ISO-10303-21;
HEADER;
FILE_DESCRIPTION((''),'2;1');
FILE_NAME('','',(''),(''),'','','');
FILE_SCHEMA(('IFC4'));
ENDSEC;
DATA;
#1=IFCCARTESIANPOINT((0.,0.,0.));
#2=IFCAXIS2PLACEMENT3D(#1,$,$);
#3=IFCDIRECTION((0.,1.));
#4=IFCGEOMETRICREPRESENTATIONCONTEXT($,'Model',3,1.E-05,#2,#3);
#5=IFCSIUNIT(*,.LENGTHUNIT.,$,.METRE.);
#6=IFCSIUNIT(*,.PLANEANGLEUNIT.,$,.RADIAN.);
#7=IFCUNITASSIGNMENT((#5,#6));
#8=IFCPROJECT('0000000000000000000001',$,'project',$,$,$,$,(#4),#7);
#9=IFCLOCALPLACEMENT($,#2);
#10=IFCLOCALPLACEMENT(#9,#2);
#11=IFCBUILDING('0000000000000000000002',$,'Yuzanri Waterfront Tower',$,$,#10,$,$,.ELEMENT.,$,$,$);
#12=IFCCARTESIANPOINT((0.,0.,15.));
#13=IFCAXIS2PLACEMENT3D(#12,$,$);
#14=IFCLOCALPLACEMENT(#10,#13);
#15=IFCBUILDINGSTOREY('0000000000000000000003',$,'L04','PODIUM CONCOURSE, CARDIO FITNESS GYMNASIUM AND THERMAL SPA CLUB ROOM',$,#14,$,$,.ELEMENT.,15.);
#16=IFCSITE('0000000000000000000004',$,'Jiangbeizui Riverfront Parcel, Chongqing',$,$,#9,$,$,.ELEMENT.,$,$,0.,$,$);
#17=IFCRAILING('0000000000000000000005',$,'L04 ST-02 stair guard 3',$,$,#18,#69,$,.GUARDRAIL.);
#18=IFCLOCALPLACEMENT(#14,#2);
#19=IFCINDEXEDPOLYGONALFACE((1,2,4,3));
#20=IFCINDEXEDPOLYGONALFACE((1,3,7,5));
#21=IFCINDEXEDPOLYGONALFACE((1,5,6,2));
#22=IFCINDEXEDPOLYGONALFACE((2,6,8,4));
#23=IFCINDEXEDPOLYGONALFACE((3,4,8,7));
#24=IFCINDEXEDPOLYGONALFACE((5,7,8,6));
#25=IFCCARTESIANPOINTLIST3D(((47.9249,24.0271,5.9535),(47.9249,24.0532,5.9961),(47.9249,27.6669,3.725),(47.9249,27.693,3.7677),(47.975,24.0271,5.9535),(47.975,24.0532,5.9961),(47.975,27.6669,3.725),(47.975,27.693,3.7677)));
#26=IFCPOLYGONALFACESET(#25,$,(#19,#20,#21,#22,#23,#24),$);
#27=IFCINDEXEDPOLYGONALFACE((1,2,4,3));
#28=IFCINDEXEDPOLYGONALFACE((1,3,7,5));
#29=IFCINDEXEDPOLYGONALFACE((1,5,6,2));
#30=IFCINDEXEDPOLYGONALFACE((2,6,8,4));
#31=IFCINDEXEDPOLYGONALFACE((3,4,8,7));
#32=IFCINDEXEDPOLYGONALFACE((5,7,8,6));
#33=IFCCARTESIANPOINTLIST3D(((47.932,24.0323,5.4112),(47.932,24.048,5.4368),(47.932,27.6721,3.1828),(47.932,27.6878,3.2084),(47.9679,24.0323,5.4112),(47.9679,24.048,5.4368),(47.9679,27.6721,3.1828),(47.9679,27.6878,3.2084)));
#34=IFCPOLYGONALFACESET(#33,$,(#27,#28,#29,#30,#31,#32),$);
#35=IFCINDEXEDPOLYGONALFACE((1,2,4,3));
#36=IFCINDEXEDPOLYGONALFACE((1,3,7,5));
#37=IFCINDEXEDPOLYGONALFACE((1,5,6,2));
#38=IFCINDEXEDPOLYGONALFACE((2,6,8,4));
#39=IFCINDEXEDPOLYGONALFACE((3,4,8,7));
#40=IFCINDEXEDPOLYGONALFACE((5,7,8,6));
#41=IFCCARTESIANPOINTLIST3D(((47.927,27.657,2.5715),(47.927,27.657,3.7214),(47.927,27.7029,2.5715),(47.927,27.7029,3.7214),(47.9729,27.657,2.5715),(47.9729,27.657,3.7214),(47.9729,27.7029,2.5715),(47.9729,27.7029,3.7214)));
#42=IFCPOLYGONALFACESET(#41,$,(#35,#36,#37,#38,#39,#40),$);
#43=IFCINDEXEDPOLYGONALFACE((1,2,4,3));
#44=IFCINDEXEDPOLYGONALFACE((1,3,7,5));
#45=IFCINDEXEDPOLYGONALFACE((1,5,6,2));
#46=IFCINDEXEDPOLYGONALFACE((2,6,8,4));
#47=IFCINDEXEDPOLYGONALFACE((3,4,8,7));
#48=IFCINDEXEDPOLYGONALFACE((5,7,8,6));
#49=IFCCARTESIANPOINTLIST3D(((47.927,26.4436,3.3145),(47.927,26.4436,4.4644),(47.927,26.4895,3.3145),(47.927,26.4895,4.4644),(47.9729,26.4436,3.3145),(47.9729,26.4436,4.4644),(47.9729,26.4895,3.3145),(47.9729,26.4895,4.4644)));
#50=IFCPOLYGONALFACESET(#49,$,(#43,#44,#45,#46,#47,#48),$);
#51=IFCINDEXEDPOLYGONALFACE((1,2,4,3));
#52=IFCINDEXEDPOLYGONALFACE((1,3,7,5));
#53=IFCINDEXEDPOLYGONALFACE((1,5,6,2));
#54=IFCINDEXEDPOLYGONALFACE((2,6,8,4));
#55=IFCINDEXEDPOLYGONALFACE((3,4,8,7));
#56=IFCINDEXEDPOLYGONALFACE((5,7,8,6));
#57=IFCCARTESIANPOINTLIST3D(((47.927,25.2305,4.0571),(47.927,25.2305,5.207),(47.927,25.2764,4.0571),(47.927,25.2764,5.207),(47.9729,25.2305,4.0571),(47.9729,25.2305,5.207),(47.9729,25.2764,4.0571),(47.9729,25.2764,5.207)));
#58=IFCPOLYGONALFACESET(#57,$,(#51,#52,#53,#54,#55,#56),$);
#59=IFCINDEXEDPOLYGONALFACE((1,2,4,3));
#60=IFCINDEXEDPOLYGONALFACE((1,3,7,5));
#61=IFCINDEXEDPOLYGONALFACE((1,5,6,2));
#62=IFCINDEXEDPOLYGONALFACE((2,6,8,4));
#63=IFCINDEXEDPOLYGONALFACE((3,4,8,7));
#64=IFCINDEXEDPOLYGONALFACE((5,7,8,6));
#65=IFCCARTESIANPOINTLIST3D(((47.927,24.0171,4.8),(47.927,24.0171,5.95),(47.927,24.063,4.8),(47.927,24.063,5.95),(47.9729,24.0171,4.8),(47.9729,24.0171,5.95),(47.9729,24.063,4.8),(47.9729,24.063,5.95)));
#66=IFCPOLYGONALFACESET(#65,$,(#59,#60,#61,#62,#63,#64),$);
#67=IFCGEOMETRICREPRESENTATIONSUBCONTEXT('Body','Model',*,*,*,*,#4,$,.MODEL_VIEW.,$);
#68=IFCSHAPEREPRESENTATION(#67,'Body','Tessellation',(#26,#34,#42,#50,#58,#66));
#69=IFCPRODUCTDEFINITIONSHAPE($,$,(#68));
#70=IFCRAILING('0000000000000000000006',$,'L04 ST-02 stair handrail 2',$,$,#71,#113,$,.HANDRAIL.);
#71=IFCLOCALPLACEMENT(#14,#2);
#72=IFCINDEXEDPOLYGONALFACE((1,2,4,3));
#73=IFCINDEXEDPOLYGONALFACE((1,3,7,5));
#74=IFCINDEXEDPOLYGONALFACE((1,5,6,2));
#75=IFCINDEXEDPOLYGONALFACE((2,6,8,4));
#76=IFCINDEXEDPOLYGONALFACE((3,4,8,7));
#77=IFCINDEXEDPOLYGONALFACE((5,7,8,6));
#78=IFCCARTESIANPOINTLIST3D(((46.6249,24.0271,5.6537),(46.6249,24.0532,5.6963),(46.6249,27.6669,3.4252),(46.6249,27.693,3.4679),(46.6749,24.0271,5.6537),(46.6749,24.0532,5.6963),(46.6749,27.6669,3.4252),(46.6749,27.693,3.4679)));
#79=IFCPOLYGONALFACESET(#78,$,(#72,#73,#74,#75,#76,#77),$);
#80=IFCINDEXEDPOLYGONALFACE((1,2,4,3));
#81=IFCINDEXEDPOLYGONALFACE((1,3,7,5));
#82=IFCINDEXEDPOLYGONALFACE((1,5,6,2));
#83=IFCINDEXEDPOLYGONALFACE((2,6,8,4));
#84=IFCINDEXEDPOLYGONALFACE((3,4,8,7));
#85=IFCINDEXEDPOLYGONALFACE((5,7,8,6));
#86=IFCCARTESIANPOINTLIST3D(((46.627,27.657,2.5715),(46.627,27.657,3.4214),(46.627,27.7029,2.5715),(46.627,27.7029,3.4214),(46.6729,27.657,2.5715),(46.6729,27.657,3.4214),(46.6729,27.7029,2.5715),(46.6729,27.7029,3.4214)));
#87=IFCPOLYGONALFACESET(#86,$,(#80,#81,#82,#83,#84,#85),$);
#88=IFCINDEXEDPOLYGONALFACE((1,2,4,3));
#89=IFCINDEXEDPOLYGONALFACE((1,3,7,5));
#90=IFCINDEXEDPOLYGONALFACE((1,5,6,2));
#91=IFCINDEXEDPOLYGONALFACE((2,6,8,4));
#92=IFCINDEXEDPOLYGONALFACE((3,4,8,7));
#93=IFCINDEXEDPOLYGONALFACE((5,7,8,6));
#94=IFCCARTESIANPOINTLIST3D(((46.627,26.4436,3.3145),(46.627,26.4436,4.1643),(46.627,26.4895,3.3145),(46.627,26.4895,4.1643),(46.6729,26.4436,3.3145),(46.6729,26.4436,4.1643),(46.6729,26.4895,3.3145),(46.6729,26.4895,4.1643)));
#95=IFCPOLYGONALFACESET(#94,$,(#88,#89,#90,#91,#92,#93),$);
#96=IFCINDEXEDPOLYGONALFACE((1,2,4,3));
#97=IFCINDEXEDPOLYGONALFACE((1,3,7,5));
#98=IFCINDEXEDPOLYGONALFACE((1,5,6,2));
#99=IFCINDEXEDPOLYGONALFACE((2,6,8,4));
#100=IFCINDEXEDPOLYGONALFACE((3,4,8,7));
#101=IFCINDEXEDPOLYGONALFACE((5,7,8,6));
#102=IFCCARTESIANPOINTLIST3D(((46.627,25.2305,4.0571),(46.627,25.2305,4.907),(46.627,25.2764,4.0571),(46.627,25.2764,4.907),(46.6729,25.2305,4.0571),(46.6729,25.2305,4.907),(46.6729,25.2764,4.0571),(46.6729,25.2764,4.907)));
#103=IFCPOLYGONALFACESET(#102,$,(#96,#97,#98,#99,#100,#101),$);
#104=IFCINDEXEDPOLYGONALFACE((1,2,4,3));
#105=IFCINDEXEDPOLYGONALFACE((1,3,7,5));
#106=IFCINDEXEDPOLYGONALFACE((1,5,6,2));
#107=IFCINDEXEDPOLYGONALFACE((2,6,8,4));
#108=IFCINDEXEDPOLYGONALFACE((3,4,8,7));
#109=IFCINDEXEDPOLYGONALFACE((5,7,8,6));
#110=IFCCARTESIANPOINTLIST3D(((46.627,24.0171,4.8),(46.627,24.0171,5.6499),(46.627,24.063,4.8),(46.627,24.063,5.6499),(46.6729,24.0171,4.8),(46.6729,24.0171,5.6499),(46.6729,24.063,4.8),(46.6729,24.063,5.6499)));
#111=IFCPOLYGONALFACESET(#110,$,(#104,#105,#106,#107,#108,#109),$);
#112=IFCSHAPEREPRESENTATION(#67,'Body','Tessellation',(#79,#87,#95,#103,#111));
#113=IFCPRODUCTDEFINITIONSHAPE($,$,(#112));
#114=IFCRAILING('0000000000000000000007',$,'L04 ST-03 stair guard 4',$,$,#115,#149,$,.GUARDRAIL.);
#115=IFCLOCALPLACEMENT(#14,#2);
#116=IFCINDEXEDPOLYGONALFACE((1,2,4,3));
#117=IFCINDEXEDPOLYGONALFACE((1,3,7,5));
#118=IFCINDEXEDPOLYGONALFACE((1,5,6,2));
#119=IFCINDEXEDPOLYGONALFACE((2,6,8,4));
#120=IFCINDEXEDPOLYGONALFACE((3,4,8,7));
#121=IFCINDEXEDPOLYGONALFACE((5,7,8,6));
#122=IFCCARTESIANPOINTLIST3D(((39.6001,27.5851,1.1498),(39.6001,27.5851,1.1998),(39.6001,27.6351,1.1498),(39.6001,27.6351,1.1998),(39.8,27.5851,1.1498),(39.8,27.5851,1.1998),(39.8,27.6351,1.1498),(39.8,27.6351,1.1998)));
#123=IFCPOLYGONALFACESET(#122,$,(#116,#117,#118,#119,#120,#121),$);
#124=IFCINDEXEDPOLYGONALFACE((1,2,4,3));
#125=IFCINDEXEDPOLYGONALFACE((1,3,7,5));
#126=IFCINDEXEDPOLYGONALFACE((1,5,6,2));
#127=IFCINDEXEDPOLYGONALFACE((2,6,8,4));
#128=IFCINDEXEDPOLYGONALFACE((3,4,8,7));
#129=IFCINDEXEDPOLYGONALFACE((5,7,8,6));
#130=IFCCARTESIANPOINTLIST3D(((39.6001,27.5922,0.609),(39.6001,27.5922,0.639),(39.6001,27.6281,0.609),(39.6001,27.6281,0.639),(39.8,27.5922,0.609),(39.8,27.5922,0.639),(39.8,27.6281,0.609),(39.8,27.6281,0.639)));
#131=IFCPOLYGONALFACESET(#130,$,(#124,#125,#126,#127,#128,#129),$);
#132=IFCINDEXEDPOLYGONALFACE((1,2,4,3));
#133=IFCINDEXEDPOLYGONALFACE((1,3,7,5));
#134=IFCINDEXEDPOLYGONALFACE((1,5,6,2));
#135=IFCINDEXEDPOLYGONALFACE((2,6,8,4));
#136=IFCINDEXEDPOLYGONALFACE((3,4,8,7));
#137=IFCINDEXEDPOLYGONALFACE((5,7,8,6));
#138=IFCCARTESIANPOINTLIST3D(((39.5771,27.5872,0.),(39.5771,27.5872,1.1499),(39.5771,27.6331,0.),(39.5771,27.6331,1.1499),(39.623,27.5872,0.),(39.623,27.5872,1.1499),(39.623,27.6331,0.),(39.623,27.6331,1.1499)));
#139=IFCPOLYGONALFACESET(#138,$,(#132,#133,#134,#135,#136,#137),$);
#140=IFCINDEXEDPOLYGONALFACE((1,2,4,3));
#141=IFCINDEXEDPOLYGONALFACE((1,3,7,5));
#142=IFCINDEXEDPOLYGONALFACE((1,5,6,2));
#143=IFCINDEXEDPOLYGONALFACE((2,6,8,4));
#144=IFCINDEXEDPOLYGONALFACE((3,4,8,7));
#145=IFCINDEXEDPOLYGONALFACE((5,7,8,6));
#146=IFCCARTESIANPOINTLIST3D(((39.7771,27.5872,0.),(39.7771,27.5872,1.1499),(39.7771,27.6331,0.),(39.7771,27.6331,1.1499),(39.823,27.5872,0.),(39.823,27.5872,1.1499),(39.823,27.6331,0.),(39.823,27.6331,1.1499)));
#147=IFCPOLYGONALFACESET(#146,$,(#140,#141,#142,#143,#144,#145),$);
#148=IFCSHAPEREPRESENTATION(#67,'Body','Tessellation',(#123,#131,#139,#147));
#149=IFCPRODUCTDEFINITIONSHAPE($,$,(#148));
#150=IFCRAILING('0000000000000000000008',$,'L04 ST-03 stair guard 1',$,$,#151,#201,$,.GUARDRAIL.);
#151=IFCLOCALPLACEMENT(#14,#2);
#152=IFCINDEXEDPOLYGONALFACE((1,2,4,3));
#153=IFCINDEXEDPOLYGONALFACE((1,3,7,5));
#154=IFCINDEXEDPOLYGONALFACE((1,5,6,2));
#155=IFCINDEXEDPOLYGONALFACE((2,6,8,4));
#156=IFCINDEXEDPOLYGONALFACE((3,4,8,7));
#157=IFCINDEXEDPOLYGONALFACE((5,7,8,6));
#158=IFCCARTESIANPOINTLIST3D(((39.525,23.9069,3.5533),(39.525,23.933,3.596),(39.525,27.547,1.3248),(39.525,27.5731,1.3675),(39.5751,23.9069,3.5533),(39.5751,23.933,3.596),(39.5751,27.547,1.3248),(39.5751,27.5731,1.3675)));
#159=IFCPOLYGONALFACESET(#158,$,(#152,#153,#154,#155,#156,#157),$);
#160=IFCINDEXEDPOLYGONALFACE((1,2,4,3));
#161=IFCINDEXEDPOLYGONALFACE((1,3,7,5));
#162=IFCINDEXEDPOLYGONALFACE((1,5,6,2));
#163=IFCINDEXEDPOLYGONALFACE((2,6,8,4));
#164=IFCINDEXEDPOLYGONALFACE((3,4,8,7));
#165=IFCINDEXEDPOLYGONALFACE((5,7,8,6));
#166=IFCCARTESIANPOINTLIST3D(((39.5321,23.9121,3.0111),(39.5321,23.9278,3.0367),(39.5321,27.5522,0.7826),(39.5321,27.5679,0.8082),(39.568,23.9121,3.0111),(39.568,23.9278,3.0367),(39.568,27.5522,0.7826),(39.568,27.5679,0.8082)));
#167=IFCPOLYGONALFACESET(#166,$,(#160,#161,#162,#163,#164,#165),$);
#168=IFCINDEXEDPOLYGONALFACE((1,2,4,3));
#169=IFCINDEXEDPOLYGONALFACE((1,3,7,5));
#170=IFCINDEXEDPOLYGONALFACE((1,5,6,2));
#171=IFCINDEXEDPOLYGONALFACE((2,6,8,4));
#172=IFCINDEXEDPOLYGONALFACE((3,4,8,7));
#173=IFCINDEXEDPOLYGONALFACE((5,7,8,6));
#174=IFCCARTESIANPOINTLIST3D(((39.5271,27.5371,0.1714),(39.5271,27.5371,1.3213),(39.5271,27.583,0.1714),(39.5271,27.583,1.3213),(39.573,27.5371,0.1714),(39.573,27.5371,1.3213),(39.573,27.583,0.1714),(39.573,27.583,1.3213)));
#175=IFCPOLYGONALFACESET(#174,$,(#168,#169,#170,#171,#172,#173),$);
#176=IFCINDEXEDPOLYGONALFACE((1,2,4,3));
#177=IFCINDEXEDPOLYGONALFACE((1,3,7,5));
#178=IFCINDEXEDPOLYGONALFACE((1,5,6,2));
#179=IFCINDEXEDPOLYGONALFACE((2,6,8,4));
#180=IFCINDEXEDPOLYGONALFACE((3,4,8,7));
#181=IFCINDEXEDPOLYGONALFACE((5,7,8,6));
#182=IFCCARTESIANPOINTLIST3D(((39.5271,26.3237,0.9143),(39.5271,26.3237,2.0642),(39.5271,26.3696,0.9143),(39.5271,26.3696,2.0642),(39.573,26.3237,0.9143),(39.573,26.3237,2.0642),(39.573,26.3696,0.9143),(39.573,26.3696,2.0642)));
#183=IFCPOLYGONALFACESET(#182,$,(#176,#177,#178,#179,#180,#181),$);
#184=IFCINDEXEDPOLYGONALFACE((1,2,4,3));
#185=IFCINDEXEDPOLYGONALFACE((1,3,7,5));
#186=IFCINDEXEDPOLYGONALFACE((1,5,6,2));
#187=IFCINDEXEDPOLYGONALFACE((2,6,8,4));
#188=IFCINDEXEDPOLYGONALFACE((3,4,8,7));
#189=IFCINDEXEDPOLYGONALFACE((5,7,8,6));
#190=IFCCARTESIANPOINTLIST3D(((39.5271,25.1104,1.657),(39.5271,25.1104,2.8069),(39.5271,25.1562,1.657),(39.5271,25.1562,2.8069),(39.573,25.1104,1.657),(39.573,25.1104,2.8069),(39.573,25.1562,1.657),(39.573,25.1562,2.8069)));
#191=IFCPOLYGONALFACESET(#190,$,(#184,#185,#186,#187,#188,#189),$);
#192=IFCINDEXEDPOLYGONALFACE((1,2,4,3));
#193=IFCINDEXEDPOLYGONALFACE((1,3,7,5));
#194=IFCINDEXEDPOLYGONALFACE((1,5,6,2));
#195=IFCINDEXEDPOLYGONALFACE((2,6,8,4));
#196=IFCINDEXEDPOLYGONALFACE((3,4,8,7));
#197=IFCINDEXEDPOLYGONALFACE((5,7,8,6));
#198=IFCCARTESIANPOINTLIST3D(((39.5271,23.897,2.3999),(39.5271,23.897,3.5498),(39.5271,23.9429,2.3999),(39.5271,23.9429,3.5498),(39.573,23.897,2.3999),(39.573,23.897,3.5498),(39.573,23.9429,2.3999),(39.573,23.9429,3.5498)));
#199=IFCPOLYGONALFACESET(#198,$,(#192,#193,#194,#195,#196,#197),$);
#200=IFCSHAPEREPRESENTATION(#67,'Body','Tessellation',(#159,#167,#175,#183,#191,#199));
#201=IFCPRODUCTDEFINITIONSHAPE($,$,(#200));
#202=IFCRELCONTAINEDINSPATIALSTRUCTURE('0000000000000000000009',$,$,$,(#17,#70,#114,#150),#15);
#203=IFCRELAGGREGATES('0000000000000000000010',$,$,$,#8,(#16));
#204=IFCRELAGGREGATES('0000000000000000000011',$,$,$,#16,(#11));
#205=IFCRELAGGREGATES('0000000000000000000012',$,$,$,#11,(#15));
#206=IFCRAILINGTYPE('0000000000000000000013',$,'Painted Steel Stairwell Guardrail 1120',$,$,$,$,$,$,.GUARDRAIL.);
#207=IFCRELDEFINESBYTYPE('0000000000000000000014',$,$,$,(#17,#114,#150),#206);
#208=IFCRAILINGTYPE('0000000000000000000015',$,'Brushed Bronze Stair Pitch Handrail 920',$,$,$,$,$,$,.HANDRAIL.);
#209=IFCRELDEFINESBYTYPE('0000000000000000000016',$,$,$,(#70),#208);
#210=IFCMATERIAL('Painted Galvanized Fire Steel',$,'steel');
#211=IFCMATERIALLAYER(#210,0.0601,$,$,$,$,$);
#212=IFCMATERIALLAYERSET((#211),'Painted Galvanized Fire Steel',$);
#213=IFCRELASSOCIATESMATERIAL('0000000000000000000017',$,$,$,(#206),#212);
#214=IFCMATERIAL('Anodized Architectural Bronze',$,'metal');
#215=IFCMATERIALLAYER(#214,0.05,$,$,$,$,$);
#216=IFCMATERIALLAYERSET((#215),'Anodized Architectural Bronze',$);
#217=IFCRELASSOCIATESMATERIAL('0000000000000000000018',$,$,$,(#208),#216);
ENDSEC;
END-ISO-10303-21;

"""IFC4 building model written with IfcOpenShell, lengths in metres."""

from ifc_helpers import new_model, si_unit, direction, frame, origin, origin_2d, place, context, subcontext, project, spatial, rectangle, extrude, source, transform, mapped, material, layer, layer_set, type_object, element, save


model = new_model("IFC4")

# Units and contexts
model_context = context("Model", 3, precision=1e-05, world=origin(), true_north=direction((0.0, 1.0)))
body_context = subcontext(model_context, "Body", "Model", "MODEL_VIEW")
ifc_project = project(units=[si_unit("LENGTHUNIT", "METRE"), si_unit("PLANEANGLEUNIT", "RADIAN")], contexts=[model_context])

# Site, building, storey
site_placement = place(None, origin())
site = spatial("IfcSite", under=ifc_project, at=site_placement, Name="Jiangbeizui Riverfront Parcel, Chongqing", CompositionType="ELEMENT", RefElevation=0.0)
building_placement = place(site_placement, origin())
building = spatial("IfcBuilding", under=site, at=building_placement, Name="Yuzanri Waterfront Tower", CompositionType="ELEMENT")
storey_placement = place(building_placement, frame((0.0, 0.0, 15.0)))
storey = spatial("IfcBuildingStorey", under=building, at=storey_placement, Name="L04", Description="PODIUM CONCOURSE, CARDIO FITNESS GYMNASIUM AND THERMAL SPA CLUB ROOM", CompositionType="ELEMENT", Elevation=15.0)

# Railings
ifc_material_1 = material(Name="Painted Galvanized Fire Steel", Category="steel")
ifc_layer_1 = layer(ifc_material_1, 0.0601)
ifc_layer_set_1 = layer_set([ifc_layer_1], Name="Painted Galvanized Fire Steel")
railing_type_1 = type_object("IfcRailingType", Name="Painted Steel Stairwell Guardrail 1120", PredefinedType="GUARDRAIL", material=ifc_layer_set_1)
shared_shape_1 = source(origin(), body_context, "Body", "SweptSolid", [
    extrude(rectangle(XDim=0.05, YDim=0.05, at=origin_2d()), frame((0.0, 0.0, 1.1748), z_axis=(0.0, -0.85285, 0.522156), x_axis=(1.0, 0.0, 0.0)), (0.0, 0.0, 1.0), 4.2678),
    extrude(rectangle(XDim=0.0359, YDim=0.03, at=origin_2d()), frame((0.0, 0.0, 0.624), z_axis=(0.0, -0.85285, 0.522156), x_axis=(1.0, 0.0, 0.0)), (0.0, 0.0, 1.0), 4.2678),
    extrude(rectangle(XDim=0.0459, YDim=0.0459, at=origin_2d()), origin(), (0.0, 0.0, 1.0), 1.1499),
    extrude(rectangle(XDim=0.0459, YDim=0.0459, at=origin_2d()), frame((0.0, -1.2134, 0.7429)), (0.0, 0.0, 1.0), 1.1499),
    extrude(rectangle(XDim=0.0459, YDim=0.0459, at=origin_2d()), frame((0.0, -2.4265, 1.4856)), (0.0, 0.0, 1.0), 1.1499),
    extrude(rectangle(XDim=0.0459, YDim=0.0459, at=origin_2d()), frame((0.0, -3.6399, 2.2285)), (0.0, 0.0, 1.0), 1.1499),
])
railing_1_placement = place(storey_placement, frame((47.95, 27.6799, 2.5715)))
element("IfcRailing", 1, at=railing_1_placement, inside=storey, type_object=railing_type_1, Name="L04 ST-02 stair guard 3", PredefinedType="GUARDRAIL", context=body_context, shape_type="MappedRepresentation", body=[
    mapped(shared_shape_1, transform((0.0, 0.0, 0.0), scale=1.0)),
])
ifc_material_2 = material(Name="Anodized Architectural Bronze", Category="metal")
ifc_layer_2 = layer(ifc_material_2, 0.05)
ifc_layer_set_2 = layer_set([ifc_layer_2], Name="Anodized Architectural Bronze")
railing_type_2 = type_object("IfcRailingType", Name="Brushed Bronze Stair Pitch Handrail 920", PredefinedType="HANDRAIL", material=ifc_layer_set_2)
shared_shape_2 = source(origin(), body_context, "Body", "SweptSolid", [
    extrude(rectangle(XDim=0.05, YDim=0.05, at=origin_2d()), frame((0.0, 0.0, 0.875), z_axis=(0.0, -0.85285, 0.522156), x_axis=(1.0, 0.0, 0.0)), (0.0, 0.0, 1.0), 4.2678),
    extrude(rectangle(XDim=0.0459, YDim=0.0459, at=origin_2d()), origin(), (0.0, 0.0, 1.0), 0.8499),
    extrude(rectangle(XDim=0.0459, YDim=0.0459, at=origin_2d()), frame((0.0, -1.2134, 0.7429)), (0.0, 0.0, 1.0), 0.8499),
    extrude(rectangle(XDim=0.0459, YDim=0.0459, at=origin_2d()), frame((0.0, -2.4265, 1.4856)), (0.0, 0.0, 1.0), 0.8499),
    extrude(rectangle(XDim=0.0459, YDim=0.0459, at=origin_2d()), frame((0.0, -3.6399, 2.2285)), (0.0, 0.0, 1.0), 0.8499),
])
railing_2_placement = place(storey_placement, frame((46.6499, 27.6799, 2.5715)))
element("IfcRailing", 2, at=railing_2_placement, inside=storey, type_object=railing_type_2, Name="L04 ST-02 stair handrail 2", PredefinedType="HANDRAIL", context=body_context, shape_type="MappedRepresentation", body=[
    mapped(shared_shape_2, transform((0.0, 0.0, 0.0), scale=1.0)),
])
shared_shape_3 = source(origin(), body_context, "Body", "SweptSolid", [
    extrude(rectangle(XDim=0.05, YDim=0.05, at=origin_2d()), frame((0.0, 0.0, 1.1748), z_axis=(1.0, 0.0, 0.0), x_axis=(0.0, 1.0, 0.0)), (0.0, 0.0, 1.0), 0.2),
    extrude(rectangle(XDim=0.0359, YDim=0.03, at=origin_2d()), frame((0.0, 0.0, 0.624), z_axis=(1.0, 0.0, 0.0), x_axis=(0.0, 1.0, 0.0)), (0.0, 0.0, 1.0), 0.2),
    extrude(rectangle(XDim=0.0459, YDim=0.0459, at=origin_2d()), origin(), (0.0, 0.0, 1.0), 1.1499),
    extrude(rectangle(XDim=0.0459, YDim=0.0459, at=origin_2d()), frame((0.2, 0.0, 0.0)), (0.0, 0.0, 1.0), 1.1499),
])
railing_3_placement = place(storey_placement, frame((39.6001, 27.6101, 0.0)))
element("IfcRailing", 3, at=railing_3_placement, inside=storey, type_object=railing_type_1, Name="L04 ST-03 stair guard 4", PredefinedType="GUARDRAIL", context=body_context, shape_type="MappedRepresentation", body=[
    mapped(shared_shape_3, transform((0.0, 0.0, 0.0), scale=1.0)),
])
shared_shape_4 = source(origin(), body_context, "Body", "SweptSolid", [
    extrude(rectangle(XDim=0.05, YDim=0.05, at=origin_2d()), frame((0.0, 0.0, 1.1748), z_axis=(0.0, -0.852866, 0.52213), x_axis=(1.0, 0.0, 0.0)), (0.0, 0.0, 1.0), 4.2681),
    extrude(rectangle(XDim=0.0359, YDim=0.03, at=origin_2d()), frame((0.0, 0.0, 0.624), z_axis=(0.0, -0.852866, 0.52213), x_axis=(1.0, 0.0, 0.0)), (0.0, 0.0, 1.0), 4.2681),
    extrude(rectangle(XDim=0.0459, YDim=0.0459, at=origin_2d()), origin(), (0.0, 0.0, 1.0), 1.1499),
    extrude(rectangle(XDim=0.0459, YDim=0.0459, at=origin_2d()), frame((0.0, -1.2134, 0.7429)), (0.0, 0.0, 1.0), 1.1499),
    extrude(rectangle(XDim=0.0459, YDim=0.0459, at=origin_2d()), frame((0.0, -2.4268, 1.4856)), (0.0, 0.0, 1.0), 1.1499),
    extrude(rectangle(XDim=0.0459, YDim=0.0459, at=origin_2d()), frame((0.0, -3.6401, 2.2285)), (0.0, 0.0, 1.0), 1.1499),
])
railing_4_placement = place(storey_placement, frame((39.55, 27.5601, 0.1714)))
element("IfcRailing", 4, at=railing_4_placement, inside=storey, type_object=railing_type_1, Name="L04 ST-03 stair guard 1", PredefinedType="GUARDRAIL", context=body_context, shape_type="MappedRepresentation", body=[
    mapped(shared_shape_4, transform((0.0, 0.0, 0.0), scale=1.0)),
])

save(model, "model.ifc")
